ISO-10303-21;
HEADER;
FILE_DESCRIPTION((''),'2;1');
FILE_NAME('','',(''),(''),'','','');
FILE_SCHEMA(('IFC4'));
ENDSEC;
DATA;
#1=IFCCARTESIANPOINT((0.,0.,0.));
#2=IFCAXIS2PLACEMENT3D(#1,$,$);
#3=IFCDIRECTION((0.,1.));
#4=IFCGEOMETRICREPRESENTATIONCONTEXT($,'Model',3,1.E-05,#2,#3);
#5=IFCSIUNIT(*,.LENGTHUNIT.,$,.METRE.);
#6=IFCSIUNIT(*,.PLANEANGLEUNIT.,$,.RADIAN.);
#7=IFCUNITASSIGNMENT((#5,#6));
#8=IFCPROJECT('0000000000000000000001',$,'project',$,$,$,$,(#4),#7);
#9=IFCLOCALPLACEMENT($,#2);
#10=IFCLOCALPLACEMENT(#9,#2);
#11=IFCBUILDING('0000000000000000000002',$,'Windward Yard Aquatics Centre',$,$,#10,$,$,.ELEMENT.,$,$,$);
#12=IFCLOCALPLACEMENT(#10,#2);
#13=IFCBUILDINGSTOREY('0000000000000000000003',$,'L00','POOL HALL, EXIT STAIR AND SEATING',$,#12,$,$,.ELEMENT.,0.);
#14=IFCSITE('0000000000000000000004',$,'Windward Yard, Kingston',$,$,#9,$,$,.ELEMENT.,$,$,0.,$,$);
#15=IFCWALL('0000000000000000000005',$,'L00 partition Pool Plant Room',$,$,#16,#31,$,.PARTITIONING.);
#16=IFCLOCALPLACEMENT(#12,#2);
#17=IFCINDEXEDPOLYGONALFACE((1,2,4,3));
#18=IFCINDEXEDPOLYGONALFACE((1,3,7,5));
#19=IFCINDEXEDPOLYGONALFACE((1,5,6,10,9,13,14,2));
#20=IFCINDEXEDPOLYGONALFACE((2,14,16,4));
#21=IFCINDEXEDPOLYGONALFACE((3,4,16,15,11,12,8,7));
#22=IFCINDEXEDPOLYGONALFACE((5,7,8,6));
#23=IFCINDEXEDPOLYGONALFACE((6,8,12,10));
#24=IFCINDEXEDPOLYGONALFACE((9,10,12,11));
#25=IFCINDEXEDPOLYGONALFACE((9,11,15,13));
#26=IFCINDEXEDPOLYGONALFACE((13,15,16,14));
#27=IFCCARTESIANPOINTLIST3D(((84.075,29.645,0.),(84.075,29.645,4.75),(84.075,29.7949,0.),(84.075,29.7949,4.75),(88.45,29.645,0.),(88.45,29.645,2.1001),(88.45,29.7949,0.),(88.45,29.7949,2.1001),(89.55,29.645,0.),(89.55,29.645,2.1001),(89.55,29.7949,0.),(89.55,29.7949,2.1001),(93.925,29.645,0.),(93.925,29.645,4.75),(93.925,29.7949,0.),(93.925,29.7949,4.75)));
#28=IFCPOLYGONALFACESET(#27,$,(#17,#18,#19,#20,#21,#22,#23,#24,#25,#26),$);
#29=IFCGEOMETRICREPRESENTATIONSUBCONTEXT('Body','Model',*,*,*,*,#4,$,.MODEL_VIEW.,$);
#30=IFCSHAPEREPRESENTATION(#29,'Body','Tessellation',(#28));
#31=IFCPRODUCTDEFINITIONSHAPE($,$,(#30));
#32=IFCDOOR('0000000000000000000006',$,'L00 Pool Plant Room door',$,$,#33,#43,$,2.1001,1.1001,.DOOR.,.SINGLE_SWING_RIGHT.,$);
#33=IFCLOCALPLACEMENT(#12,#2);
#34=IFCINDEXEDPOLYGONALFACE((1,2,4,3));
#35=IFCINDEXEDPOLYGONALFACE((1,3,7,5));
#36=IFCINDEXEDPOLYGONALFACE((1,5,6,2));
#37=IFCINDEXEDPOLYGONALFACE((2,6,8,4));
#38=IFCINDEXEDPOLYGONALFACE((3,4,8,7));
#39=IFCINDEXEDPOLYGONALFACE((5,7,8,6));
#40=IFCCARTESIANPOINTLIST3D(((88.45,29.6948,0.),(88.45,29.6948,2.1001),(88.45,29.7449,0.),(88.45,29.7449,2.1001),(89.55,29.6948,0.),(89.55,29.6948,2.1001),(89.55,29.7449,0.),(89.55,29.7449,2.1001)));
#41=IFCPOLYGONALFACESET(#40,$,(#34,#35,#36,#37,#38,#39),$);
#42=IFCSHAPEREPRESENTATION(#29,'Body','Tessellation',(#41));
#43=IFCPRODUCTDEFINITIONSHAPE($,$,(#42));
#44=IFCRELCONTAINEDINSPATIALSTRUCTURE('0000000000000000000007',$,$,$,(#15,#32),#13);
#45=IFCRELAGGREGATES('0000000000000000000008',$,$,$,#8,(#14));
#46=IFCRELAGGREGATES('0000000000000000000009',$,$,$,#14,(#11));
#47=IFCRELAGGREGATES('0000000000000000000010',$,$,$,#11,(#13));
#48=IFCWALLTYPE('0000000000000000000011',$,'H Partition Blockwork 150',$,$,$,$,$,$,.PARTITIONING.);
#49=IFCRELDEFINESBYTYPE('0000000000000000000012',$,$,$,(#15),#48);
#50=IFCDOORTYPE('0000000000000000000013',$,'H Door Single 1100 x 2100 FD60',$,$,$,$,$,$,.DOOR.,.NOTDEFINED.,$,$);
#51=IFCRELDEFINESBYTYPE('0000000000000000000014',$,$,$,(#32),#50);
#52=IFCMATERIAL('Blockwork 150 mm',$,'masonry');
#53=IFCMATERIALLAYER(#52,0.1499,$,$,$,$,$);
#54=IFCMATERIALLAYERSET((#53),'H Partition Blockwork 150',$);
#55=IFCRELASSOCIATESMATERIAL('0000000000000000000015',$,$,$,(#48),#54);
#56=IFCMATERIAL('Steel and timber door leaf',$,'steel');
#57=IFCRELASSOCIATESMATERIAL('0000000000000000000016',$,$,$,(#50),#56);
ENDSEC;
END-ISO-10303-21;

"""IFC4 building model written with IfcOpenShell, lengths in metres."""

from ifc_helpers import new_model, si_unit, direction, frame, frame_2d, origin, place, context, subcontext, project, spatial, rectangle, extrude, material, layer, layer_set, type_object, element, fill, save


model = new_model("IFC4")

# Units and contexts
model_context = context("Model", 3, precision=1e-05, world=origin(), true_north=direction((0.0, 1.0)))
body_context = subcontext(model_context, "Body", "Model", "MODEL_VIEW")
ifc_project = project(units=[si_unit("LENGTHUNIT", "METRE"), si_unit("PLANEANGLEUNIT", "RADIAN")], contexts=[model_context])

# Site, building, storey
site_placement = place(None, origin())
site = spatial("IfcSite", under=ifc_project, at=site_placement, Name="Windward Yard, Kingston", CompositionType="ELEMENT", RefElevation=0.0)
building_placement = place(site_placement, origin())
building = spatial("IfcBuilding", under=site, at=building_placement, Name="Windward Yard Aquatics Centre", CompositionType="ELEMENT")
storey_placement = place(building_placement, origin())
storey = spatial("IfcBuildingStorey", under=building, at=storey_placement, Name="L00", Description="POOL HALL, EXIT STAIR AND SEATING", CompositionType="ELEMENT", Elevation=0.0)

# Shared definitions
ifc_material_1 = material(Name="Blockwork 150 mm", Category="masonry")
ifc_layer = layer(ifc_material_1, 0.1499)
ifc_layer_set = layer_set([ifc_layer], Name="H Partition Blockwork 150")
wall_type = type_object("IfcWallType", Name="H Partition Blockwork 150", PredefinedType="PARTITIONING", material=ifc_layer_set)

# Shared definitions
ifc_material_2 = material(Name="Steel and timber door leaf", Category="steel")

# Wall, opening, door
wall_1_placement = place(storey_placement, frame((84.075, 29.72, 0.0), z_axis=(0.0, 0.0, 1.0), x_axis=(1.0, 0.0, 0.0)))
wall_1 = element("IfcWall", 1, at=wall_1_placement, inside=storey, type_object=wall_type, Name="L00 partition Pool Plant Room", PredefinedType="PARTITIONING", context=body_context, shape_type="SweptSolid", body=[
    extrude(rectangle(XDim=9.8501, YDim=0.1499, at=frame_2d((4.925, 0.0))), origin(), (0.0, 0.0, 1.0), 4.75),
])
opening_1_placement = place(wall_1_placement, frame((4.375, 0.0, 0.0)))
opening_1 = element("IfcOpeningElement", 2, at=opening_1_placement, cuts=wall_1, PredefinedType="OPENING", context=body_context, shape_type="SweptSolid", body=[
    extrude(rectangle(XDim=1.1001, YDim=2.1001, at=frame_2d((0.55, 1.05))), frame((0.0, 0.085, 0.0), z_axis=(0.0, -1.0, 0.0), x_axis=(1.0, 0.0, 0.0)), (0.0, 0.0, 1.0), 0.1699),
])
door_type_1 = type_object("IfcDoorType", Name="H Door Single 1100 x 2100 FD60", OperationType="NOTDEFINED", PredefinedType="DOOR", material=ifc_material_2)
door_1_placement = place(opening_1_placement, origin())
door_1 = element("IfcDoor", 3, at=door_1_placement, inside=storey, type_object=door_type_1, Name="L00 Pool Plant Room door", OperationType="SINGLE_SWING_RIGHT", OverallHeight=2.1001, OverallWidth=1.1001, PredefinedType="DOOR", context=body_context, shape_type="SweptSolid", body=[
    extrude(rectangle(XDim=1.1001, YDim=2.1001, at=frame_2d((0.55, 1.05))), frame((0.0, 0.0249, 0.0), z_axis=(0.0, -1.0, 0.0), x_axis=(1.0, 0.0, 0.0)), (0.0, 0.0, 1.0), 0.05),
])
fill(opening_1, door_1)

save(model, "model.ifc")
